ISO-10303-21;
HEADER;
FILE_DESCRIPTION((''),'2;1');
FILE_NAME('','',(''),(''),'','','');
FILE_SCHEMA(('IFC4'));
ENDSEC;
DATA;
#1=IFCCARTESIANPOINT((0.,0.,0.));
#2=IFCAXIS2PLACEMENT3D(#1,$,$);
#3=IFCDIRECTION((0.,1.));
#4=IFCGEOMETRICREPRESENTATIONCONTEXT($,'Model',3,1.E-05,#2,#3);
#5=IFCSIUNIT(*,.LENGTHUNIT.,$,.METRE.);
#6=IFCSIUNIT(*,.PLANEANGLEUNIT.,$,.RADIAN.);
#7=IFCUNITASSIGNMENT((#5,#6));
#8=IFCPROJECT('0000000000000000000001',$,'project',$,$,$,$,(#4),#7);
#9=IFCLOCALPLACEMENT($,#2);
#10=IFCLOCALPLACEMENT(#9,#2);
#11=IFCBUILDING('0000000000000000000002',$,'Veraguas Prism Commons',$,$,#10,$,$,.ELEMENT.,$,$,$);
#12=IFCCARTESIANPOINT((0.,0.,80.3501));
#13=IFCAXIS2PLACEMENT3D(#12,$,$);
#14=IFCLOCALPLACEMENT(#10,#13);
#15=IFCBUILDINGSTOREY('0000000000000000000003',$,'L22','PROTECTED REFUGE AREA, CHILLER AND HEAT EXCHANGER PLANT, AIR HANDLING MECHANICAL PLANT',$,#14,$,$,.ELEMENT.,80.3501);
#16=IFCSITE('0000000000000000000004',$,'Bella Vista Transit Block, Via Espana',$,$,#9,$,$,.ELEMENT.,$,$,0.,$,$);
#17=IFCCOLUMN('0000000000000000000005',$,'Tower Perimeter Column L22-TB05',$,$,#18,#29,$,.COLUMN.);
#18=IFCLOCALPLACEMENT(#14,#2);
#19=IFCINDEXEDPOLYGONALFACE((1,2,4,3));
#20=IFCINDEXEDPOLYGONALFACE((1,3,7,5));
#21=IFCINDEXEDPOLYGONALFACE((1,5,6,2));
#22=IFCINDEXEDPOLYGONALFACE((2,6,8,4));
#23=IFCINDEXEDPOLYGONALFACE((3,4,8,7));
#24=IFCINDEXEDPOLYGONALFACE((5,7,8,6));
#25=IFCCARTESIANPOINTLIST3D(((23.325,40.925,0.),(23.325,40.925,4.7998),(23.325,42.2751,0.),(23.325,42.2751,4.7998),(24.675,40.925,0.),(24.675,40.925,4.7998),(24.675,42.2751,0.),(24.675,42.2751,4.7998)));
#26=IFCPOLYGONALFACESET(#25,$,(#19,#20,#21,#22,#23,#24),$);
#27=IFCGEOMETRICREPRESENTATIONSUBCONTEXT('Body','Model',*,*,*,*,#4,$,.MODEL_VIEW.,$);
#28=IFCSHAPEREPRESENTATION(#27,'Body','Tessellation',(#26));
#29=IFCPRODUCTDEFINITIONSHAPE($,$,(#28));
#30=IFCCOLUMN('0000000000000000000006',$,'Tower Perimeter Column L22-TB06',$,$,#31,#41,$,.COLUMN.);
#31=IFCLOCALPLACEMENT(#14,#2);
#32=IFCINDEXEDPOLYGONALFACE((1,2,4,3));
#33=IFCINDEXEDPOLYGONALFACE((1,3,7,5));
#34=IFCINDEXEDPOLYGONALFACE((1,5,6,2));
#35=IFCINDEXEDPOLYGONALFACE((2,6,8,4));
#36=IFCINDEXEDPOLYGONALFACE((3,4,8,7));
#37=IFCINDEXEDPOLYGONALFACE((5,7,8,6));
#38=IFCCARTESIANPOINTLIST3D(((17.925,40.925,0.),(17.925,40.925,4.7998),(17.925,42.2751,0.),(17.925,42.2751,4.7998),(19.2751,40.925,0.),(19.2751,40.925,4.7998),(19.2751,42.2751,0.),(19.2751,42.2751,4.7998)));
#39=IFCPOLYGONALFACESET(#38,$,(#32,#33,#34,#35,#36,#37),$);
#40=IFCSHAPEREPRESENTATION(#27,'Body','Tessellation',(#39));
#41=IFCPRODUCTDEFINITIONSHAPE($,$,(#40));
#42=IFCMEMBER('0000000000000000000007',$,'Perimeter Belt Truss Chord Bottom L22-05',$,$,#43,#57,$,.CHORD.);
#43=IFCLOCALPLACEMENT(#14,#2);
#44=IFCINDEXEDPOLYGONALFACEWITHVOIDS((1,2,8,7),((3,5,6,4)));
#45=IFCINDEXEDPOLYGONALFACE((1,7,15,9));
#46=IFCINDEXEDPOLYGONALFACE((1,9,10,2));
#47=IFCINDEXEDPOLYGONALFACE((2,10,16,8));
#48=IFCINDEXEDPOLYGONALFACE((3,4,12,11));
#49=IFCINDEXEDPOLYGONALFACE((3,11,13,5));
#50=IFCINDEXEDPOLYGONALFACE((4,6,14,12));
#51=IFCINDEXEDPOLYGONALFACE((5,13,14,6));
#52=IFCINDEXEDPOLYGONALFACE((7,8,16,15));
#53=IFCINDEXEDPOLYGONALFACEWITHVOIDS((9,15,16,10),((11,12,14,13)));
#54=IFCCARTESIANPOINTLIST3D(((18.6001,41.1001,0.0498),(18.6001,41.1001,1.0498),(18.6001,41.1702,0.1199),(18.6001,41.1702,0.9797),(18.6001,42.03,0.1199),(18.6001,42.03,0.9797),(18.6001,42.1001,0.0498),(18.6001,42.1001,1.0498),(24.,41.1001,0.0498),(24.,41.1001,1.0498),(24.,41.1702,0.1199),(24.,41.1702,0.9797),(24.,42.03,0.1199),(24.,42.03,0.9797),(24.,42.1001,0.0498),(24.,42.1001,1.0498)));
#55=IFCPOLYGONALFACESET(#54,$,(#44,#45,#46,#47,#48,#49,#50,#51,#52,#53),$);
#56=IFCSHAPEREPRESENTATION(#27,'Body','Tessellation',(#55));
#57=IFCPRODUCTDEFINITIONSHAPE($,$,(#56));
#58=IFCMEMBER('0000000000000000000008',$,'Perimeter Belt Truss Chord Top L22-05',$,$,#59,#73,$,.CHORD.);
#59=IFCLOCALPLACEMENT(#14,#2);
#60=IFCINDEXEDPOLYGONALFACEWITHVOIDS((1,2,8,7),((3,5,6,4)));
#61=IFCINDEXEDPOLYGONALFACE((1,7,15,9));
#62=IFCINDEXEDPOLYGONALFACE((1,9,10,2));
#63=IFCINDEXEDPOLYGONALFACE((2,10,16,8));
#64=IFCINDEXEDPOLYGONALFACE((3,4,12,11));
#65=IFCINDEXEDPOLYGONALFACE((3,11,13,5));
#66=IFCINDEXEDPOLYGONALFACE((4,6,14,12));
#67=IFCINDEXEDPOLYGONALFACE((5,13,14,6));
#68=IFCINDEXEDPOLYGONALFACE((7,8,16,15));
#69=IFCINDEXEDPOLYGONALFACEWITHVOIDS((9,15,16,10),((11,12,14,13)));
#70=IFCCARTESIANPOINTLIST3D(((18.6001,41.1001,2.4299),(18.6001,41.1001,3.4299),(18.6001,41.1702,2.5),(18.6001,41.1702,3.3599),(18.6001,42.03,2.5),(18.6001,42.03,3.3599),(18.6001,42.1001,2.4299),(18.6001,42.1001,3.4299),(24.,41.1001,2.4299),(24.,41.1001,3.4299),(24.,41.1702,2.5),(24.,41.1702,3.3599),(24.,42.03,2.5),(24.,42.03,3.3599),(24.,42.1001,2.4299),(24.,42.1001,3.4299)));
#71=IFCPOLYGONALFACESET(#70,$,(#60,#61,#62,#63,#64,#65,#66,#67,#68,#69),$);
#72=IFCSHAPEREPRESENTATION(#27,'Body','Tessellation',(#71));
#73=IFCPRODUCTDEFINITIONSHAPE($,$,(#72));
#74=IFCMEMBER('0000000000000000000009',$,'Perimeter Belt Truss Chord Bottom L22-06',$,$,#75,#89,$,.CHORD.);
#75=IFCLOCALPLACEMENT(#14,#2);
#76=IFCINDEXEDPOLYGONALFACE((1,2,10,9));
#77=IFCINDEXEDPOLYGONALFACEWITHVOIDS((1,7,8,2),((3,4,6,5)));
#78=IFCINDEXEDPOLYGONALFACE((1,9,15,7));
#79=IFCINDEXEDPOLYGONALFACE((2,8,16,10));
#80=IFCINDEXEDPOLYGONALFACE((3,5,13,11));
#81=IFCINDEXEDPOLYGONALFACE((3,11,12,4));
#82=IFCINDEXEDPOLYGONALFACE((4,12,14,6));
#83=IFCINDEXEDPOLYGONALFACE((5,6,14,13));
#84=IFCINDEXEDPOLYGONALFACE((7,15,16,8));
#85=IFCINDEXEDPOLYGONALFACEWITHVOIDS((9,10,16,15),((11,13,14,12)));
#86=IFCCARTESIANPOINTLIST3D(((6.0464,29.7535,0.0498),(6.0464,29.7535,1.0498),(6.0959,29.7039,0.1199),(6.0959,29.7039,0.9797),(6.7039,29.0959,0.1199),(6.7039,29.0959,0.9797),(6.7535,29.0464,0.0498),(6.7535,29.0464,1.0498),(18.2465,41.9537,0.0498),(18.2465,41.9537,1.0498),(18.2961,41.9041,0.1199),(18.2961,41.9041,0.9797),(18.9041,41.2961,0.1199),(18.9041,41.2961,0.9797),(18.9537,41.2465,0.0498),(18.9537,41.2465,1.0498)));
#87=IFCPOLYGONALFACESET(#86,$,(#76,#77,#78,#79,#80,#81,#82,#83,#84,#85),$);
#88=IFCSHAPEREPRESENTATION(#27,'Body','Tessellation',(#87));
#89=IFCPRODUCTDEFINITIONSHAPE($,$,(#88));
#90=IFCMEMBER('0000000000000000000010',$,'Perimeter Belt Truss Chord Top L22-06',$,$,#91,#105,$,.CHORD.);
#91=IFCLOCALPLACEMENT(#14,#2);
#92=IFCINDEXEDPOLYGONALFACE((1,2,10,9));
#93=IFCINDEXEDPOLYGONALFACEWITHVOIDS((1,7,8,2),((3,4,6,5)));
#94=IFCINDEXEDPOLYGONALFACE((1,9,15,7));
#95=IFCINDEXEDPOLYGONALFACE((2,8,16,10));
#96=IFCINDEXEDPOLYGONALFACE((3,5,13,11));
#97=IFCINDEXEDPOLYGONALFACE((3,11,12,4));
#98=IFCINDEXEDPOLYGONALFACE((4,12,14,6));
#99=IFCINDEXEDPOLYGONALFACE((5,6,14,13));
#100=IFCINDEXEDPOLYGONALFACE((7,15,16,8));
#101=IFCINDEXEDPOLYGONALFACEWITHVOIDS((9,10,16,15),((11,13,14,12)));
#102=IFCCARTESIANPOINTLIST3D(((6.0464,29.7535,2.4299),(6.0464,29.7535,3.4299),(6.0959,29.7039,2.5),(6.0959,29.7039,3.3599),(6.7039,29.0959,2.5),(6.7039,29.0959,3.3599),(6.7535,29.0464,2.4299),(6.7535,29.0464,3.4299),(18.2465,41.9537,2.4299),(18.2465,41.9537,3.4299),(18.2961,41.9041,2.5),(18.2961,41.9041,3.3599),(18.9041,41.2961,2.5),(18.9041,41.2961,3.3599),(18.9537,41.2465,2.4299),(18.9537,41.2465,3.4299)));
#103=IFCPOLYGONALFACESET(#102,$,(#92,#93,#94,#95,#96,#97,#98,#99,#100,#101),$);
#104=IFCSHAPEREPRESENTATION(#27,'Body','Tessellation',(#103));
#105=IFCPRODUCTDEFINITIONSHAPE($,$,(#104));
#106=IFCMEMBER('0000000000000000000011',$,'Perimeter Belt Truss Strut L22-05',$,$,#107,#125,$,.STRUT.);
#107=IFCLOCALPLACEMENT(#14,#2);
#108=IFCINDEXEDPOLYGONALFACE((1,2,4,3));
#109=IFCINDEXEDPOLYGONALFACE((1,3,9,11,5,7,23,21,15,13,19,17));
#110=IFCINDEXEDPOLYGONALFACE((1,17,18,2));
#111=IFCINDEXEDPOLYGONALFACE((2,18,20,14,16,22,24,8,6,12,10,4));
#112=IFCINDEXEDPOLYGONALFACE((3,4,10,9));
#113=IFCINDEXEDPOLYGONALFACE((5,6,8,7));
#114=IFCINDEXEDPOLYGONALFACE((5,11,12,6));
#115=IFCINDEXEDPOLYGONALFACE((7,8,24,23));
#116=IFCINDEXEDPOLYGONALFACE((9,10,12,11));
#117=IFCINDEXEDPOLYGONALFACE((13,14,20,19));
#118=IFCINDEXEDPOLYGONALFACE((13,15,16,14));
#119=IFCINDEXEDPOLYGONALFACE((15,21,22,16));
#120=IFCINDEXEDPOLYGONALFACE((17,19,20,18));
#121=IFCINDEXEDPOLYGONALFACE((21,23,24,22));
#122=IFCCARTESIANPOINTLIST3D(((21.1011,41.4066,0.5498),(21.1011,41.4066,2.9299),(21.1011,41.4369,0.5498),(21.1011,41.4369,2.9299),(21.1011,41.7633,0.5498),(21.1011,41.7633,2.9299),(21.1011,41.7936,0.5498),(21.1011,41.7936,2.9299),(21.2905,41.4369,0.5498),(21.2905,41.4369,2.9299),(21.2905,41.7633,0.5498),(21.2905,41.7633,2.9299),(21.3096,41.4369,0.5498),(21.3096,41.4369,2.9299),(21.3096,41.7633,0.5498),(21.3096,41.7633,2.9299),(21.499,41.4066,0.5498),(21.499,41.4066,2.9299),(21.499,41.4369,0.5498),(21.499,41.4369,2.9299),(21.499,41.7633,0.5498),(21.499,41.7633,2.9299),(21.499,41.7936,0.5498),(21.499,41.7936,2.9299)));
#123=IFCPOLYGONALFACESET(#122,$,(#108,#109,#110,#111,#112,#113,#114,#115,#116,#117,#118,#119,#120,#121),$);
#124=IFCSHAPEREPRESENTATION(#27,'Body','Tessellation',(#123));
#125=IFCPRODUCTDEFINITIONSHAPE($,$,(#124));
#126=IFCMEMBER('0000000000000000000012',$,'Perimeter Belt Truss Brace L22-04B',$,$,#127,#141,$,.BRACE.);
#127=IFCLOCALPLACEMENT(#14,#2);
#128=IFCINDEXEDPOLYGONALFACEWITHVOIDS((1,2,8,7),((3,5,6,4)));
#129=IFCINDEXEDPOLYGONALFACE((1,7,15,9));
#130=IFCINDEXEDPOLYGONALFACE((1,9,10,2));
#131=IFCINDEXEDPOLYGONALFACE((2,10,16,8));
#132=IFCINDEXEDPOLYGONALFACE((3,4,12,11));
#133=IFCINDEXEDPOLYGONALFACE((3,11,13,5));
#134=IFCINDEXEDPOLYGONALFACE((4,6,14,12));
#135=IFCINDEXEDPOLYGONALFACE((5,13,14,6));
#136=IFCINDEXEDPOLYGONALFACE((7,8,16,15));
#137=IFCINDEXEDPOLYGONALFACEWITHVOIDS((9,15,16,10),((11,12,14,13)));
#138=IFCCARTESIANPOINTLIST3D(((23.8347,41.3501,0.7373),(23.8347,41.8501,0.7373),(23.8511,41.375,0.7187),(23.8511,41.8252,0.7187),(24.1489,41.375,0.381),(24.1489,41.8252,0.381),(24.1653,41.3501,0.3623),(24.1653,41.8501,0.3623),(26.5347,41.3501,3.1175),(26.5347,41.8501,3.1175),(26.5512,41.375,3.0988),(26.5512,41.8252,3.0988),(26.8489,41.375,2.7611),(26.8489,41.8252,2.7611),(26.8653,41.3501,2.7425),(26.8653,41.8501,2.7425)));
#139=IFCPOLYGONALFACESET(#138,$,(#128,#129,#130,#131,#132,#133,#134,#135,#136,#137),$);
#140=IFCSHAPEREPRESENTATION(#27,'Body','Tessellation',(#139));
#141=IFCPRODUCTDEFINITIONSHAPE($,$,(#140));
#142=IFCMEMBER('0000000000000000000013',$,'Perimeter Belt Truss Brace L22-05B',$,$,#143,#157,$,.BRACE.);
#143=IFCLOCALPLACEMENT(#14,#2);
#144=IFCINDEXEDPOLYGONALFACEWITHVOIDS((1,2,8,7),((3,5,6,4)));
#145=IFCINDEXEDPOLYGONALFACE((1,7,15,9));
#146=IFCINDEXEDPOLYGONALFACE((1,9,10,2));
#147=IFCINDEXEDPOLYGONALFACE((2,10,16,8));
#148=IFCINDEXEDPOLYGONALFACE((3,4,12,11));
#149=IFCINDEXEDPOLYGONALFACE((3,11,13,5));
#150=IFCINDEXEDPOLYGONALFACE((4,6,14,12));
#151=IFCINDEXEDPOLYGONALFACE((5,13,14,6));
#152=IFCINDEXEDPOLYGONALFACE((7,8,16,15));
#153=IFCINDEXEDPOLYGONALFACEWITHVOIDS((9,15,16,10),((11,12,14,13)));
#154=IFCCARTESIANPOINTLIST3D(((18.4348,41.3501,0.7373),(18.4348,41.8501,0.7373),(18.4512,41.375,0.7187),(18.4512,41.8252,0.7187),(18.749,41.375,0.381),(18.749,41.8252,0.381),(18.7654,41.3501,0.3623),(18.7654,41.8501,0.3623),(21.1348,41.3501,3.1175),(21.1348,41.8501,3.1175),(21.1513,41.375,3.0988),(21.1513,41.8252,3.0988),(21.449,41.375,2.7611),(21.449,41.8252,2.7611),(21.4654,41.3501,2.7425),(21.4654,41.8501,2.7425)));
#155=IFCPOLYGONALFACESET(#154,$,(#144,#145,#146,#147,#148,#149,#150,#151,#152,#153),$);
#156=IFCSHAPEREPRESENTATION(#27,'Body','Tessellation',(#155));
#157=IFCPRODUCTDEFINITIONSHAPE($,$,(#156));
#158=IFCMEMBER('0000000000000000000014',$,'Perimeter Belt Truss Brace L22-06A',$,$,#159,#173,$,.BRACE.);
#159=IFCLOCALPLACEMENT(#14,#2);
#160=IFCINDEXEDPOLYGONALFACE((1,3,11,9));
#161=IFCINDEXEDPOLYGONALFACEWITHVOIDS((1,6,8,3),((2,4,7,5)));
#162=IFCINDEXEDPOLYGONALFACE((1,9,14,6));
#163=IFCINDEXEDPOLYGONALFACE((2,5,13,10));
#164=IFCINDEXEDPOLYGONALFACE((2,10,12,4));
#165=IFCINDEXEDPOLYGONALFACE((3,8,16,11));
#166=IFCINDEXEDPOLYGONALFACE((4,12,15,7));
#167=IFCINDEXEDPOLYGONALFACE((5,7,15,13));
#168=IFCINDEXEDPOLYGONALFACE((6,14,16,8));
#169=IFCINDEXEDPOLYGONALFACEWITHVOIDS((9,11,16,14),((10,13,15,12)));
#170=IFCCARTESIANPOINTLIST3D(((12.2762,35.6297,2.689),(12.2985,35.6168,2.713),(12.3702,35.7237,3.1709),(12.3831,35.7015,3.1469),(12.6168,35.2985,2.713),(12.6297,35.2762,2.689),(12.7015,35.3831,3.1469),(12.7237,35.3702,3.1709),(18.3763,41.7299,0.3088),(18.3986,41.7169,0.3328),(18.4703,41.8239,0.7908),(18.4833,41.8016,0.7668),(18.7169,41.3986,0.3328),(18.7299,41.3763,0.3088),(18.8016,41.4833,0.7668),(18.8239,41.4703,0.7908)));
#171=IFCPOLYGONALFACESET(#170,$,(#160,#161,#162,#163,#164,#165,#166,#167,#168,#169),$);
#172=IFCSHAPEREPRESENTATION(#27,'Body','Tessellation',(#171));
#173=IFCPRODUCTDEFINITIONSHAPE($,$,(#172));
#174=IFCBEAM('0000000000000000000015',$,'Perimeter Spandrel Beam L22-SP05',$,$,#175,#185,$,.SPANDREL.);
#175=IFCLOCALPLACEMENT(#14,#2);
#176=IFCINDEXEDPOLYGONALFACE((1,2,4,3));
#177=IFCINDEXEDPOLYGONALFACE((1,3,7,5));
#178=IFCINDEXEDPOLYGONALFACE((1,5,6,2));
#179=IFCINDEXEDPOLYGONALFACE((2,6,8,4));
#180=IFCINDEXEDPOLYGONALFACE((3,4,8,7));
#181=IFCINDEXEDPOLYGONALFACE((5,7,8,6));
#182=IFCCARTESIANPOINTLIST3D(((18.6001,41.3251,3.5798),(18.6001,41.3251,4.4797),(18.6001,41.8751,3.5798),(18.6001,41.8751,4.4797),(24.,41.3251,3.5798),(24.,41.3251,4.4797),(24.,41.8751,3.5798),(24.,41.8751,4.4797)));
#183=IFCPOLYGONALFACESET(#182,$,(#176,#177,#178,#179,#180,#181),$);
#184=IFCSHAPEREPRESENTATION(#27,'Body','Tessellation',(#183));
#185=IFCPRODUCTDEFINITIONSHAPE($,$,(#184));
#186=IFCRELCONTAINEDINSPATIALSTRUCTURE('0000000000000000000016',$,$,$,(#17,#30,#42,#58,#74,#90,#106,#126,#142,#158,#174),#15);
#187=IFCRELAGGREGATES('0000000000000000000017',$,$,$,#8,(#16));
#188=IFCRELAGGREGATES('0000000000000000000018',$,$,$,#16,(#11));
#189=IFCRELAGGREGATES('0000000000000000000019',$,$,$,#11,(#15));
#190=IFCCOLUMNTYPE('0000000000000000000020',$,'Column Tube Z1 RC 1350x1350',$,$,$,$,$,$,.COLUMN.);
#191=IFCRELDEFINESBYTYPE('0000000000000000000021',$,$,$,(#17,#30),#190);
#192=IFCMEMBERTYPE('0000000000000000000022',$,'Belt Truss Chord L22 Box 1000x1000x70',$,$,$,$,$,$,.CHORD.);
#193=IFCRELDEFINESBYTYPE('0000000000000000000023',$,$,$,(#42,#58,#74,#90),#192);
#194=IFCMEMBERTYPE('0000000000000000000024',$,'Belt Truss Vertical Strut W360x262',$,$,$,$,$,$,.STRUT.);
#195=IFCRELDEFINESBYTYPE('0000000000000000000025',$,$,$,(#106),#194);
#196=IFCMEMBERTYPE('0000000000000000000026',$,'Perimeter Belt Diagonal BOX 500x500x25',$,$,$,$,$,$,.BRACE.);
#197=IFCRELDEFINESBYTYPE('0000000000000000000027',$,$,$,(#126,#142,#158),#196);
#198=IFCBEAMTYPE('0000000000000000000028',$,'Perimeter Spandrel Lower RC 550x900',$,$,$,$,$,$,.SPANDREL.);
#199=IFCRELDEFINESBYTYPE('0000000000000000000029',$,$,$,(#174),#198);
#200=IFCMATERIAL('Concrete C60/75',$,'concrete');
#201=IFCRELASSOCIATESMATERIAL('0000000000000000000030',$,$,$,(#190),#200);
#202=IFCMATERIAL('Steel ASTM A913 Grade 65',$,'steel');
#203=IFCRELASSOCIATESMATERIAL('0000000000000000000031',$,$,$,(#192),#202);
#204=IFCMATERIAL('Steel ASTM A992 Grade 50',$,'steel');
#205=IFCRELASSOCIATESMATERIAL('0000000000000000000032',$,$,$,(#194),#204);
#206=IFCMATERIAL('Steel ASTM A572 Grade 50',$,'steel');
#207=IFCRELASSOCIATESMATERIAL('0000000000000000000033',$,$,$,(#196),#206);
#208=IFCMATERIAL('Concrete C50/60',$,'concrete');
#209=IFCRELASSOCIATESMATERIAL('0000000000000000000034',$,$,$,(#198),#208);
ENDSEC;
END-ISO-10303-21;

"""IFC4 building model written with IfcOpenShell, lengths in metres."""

from ifc_helpers import new_model, si_unit, direction, frame, origin, origin_2d, place, context, subcontext, project, spatial, rectangle, hollow_rectangle, i_section, extrude, material, material_profile, profile_set, type_object, element, save


model = new_model("IFC4")

# Units and contexts
model_context = context("Model", 3, precision=1e-05, world=origin(), true_north=direction((0.0, 1.0)))
body_context = subcontext(model_context, "Body", "Model", "MODEL_VIEW")
ifc_project = project(units=[si_unit("LENGTHUNIT", "METRE"), si_unit("PLANEANGLEUNIT", "RADIAN")], contexts=[model_context])

# Site, building, storey
site_placement = place(None, origin())
site = spatial("IfcSite", under=ifc_project, at=site_placement, Name="Bella Vista Transit Block, Via Espana", CompositionType="ELEMENT", RefElevation=0.0)
building_placement = place(site_placement, origin())
building = spatial("IfcBuilding", under=site, at=building_placement, Name="Veraguas Prism Commons", CompositionType="ELEMENT")
storey_placement = place(building_placement, frame((0.0, 0.0, 80.3501)))
storey = spatial("IfcBuildingStorey", under=building, at=storey_placement, Name="L22", Description="PROTECTED REFUGE AREA, CHILLER AND HEAT EXCHANGER PLANT, AIR HANDLING MECHANICAL PLANT", CompositionType="ELEMENT", Elevation=80.3501)

# Columns
ifc_material_1 = material(Name="Concrete C60/75", Category="concrete")
ifc_material_profile_1 = material_profile(ifc_material_1, rectangle(XDim=1.3501, YDim=1.3501, at=origin_2d()), Name="RC1350X1350")
ifc_profile_set_1 = profile_set([ifc_material_profile_1], Name="Concrete C60/75")
column_type = type_object("IfcColumnType", Name="Column Tube Z1 RC 1350x1350", PredefinedType="COLUMN", material=ifc_profile_set_1)
for number, where, z_axis, x_axis, name in (
    (1, (24.0, 41.6001, 0.0), (0.0, 0.0, 1.0), (1.0, 0.0, 0.0), "Tower Perimeter Column L22-TB05"),
    (2, (18.6001, 41.6001, 0.0), (0.0, 0.0, 1.0), (1.0, 0.0, 0.0), "Tower Perimeter Column L22-TB06"),
):
    element("IfcColumn", number, at=place(storey_placement, frame(where, z_axis=z_axis, x_axis=x_axis)), inside=storey, type_object=column_type, Name=name, PredefinedType="COLUMN", context=body_context, shape_type="SweptSolid", body=[
        extrude(rectangle(XDim=1.3501, YDim=1.3501, at=origin_2d()), origin(), (0.0, 0.0, 1.0), 4.7998),
    ])

# Members
ifc_material_2 = material(Name="Steel ASTM A913 Grade 65", Category="steel")
ifc_material_profile_2 = material_profile(ifc_material_2, hollow_rectangle(XDim=1.0, YDim=1.0, WallThickness=0.0701, at=origin_2d()), Name="BOX1000X1000X70")
ifc_profile_set_2 = profile_set([ifc_material_profile_2], Name="Steel ASTM A913 Grade 65")
member_type_1 = type_object("IfcMemberType", Name="Belt Truss Chord L22 Box 1000x1000x70", PredefinedType="CHORD", material=ifc_profile_set_2)
for number, where, z_axis, x_axis, name in (
    (3, (24.0, 41.6001, 0.5498), (-1.0, 0.0, 0.0), (0.0, -1.0, 0.0), "Perimeter Belt Truss Chord Bottom L22-05"),
    (4, (24.0, 41.6001, 2.9299), (-1.0, 0.0, 0.0), (0.0, -1.0, 0.0), "Perimeter Belt Truss Chord Top L22-05"),
):
    element("IfcMember", number, at=place(storey_placement, frame(where, z_axis=z_axis, x_axis=x_axis)), inside=storey, type_object=member_type_1, Name=name, PredefinedType="CHORD", context=body_context, shape_type="SweptSolid", body=[
        extrude(hollow_rectangle(XDim=1.0, YDim=1.0, WallThickness=0.0701, at=origin_2d()), origin(), (0.0, 0.0, 1.0), 5.3999),
    ])
for number, where, z_axis, x_axis, name in (
    (5, (18.6001, 41.6001, 0.5498), (-0.707107, -0.707107, 0.0), (0.707107, -0.707107, 0.0), "Perimeter Belt Truss Chord Bottom L22-06"),
    (6, (18.6001, 41.6001, 2.9299), (-0.707107, -0.707107, 0.0), (0.707107, -0.707107, 0.0), "Perimeter Belt Truss Chord Top L22-06"),
):
    element("IfcMember", number, at=place(storey_placement, frame(where, z_axis=z_axis, x_axis=x_axis)), inside=storey, type_object=member_type_1, Name=name, PredefinedType="CHORD", context=body_context, shape_type="SweptSolid", body=[
        extrude(hollow_rectangle(XDim=1.0, YDim=1.0, WallThickness=0.0701, at=origin_2d()), origin(), (0.0, 0.0, 1.0), 17.2537),
    ])
ifc_material_3 = material(Name="Steel ASTM A992 Grade 50", Category="steel")
ifc_material_profile_3 = material_profile(ifc_material_3, i_section(OverallWidth=0.3979, OverallDepth=0.387, WebThickness=0.019, FlangeThickness=0.0303, at=origin_2d()), Name="W360X262")
ifc_profile_set_3 = profile_set([ifc_material_profile_3], Name="Steel ASTM A992 Grade 50")
member_type_2 = type_object("IfcMemberType", Name="Belt Truss Vertical Strut W360x262", PredefinedType="STRUT", material=ifc_profile_set_3)
member_1_placement = place(storey_placement, frame((21.3, 41.6001, 0.5498), z_axis=(0.0, 0.0, 1.0), x_axis=(-1.0, 0.0, 0.0)))
element("IfcMember", 7, at=member_1_placement, inside=storey, type_object=member_type_2, Name="Perimeter Belt Truss Strut L22-05", PredefinedType="STRUT", context=body_context, shape_type="SweptSolid", body=[
    extrude(i_section(OverallWidth=0.3979, OverallDepth=0.387, WebThickness=0.019, FlangeThickness=0.0303, at=origin_2d()), origin(), (0.0, 0.0, 1.0), 2.3801),
])
ifc_material_4 = material(Name="Steel ASTM A572 Grade 50", Category="steel")
ifc_material_profile_4 = material_profile(ifc_material_4, hollow_rectangle(XDim=0.5, YDim=0.5, WallThickness=0.0249, at=origin_2d()), Name="BOX500X500X25")
ifc_profile_set_4 = profile_set([ifc_material_profile_4], Name="Steel ASTM A572 Grade 50")
member_type_3 = type_object("IfcMemberType", Name="Perimeter Belt Diagonal BOX 500x500x25", PredefinedType="BRACE", material=ifc_profile_set_4)
for number, where, z_axis, x_axis, name in (
    (8, (24.0, 41.6001, 0.5498), (0.750139, 0.0, 0.661281), (0.0, 1.0, 0.0), "Perimeter Belt Truss Brace L22-04B"),
    (9, (18.6001, 41.6001, 0.5498), (0.750139, 0.0, 0.661281), (0.0, 1.0, 0.0), "Perimeter Belt Truss Brace L22-05B"),
):
    element("IfcMember", number, at=place(storey_placement, frame(where, z_axis=z_axis, x_axis=x_axis)), inside=storey, type_object=member_type_3, Name=name, PredefinedType="BRACE", context=body_context, shape_type="SweptSolid", body=[
        extrude(hollow_rectangle(XDim=0.5, YDim=0.5, WallThickness=0.0249, at=origin_2d()), origin(), (0.0, 0.0, 1.0), 3.5994),
    ])
member_2_placement = place(storey_placement, frame((18.6001, 41.6001, 0.5498), z_axis=(-0.681639, -0.681639, 0.265961), x_axis=(0.707107, -0.707107, 0.0)))
element("IfcMember", 10, at=member_2_placement, inside=storey, type_object=member_type_3, Name="Perimeter Belt Truss Brace L22-06A", PredefinedType="BRACE", context=body_context, shape_type="SweptSolid", body=[
    extrude(hollow_rectangle(XDim=0.5, YDim=0.5, WallThickness=0.0249, at=origin_2d()), origin(), (0.0, 0.0, 1.0), 8.9492),
])

# Beam
ifc_material_5 = material(Name="Concrete C50/60", Category="concrete")
ifc_material_profile_5 = material_profile(ifc_material_5, rectangle(XDim=0.55, YDim=0.8999, at=origin_2d()), Name="RC550X900")
ifc_profile_set_5 = profile_set([ifc_material_profile_5], Name="Concrete C50/60")
beam_type_1 = type_object("IfcBeamType", Name="Perimeter Spandrel Lower RC 550x900", PredefinedType="SPANDREL", material=ifc_profile_set_5)
beam_1_placement = place(storey_placement, frame((24.0, 41.6001, 4.0298), z_axis=(-1.0, 0.0, 0.0), x_axis=(0.0, -1.0, 0.0)))
element("IfcBeam", 11, at=beam_1_placement, inside=storey, type_object=beam_type_1, Name="Perimeter Spandrel Beam L22-SP05", PredefinedType="SPANDREL", context=body_context, shape_type="SweptSolid", body=[
    extrude(rectangle(XDim=0.55, YDim=0.8999, at=origin_2d()), origin(), (0.0, 0.0, 1.0), 5.3999),
])

save(model, "model.ifc")
